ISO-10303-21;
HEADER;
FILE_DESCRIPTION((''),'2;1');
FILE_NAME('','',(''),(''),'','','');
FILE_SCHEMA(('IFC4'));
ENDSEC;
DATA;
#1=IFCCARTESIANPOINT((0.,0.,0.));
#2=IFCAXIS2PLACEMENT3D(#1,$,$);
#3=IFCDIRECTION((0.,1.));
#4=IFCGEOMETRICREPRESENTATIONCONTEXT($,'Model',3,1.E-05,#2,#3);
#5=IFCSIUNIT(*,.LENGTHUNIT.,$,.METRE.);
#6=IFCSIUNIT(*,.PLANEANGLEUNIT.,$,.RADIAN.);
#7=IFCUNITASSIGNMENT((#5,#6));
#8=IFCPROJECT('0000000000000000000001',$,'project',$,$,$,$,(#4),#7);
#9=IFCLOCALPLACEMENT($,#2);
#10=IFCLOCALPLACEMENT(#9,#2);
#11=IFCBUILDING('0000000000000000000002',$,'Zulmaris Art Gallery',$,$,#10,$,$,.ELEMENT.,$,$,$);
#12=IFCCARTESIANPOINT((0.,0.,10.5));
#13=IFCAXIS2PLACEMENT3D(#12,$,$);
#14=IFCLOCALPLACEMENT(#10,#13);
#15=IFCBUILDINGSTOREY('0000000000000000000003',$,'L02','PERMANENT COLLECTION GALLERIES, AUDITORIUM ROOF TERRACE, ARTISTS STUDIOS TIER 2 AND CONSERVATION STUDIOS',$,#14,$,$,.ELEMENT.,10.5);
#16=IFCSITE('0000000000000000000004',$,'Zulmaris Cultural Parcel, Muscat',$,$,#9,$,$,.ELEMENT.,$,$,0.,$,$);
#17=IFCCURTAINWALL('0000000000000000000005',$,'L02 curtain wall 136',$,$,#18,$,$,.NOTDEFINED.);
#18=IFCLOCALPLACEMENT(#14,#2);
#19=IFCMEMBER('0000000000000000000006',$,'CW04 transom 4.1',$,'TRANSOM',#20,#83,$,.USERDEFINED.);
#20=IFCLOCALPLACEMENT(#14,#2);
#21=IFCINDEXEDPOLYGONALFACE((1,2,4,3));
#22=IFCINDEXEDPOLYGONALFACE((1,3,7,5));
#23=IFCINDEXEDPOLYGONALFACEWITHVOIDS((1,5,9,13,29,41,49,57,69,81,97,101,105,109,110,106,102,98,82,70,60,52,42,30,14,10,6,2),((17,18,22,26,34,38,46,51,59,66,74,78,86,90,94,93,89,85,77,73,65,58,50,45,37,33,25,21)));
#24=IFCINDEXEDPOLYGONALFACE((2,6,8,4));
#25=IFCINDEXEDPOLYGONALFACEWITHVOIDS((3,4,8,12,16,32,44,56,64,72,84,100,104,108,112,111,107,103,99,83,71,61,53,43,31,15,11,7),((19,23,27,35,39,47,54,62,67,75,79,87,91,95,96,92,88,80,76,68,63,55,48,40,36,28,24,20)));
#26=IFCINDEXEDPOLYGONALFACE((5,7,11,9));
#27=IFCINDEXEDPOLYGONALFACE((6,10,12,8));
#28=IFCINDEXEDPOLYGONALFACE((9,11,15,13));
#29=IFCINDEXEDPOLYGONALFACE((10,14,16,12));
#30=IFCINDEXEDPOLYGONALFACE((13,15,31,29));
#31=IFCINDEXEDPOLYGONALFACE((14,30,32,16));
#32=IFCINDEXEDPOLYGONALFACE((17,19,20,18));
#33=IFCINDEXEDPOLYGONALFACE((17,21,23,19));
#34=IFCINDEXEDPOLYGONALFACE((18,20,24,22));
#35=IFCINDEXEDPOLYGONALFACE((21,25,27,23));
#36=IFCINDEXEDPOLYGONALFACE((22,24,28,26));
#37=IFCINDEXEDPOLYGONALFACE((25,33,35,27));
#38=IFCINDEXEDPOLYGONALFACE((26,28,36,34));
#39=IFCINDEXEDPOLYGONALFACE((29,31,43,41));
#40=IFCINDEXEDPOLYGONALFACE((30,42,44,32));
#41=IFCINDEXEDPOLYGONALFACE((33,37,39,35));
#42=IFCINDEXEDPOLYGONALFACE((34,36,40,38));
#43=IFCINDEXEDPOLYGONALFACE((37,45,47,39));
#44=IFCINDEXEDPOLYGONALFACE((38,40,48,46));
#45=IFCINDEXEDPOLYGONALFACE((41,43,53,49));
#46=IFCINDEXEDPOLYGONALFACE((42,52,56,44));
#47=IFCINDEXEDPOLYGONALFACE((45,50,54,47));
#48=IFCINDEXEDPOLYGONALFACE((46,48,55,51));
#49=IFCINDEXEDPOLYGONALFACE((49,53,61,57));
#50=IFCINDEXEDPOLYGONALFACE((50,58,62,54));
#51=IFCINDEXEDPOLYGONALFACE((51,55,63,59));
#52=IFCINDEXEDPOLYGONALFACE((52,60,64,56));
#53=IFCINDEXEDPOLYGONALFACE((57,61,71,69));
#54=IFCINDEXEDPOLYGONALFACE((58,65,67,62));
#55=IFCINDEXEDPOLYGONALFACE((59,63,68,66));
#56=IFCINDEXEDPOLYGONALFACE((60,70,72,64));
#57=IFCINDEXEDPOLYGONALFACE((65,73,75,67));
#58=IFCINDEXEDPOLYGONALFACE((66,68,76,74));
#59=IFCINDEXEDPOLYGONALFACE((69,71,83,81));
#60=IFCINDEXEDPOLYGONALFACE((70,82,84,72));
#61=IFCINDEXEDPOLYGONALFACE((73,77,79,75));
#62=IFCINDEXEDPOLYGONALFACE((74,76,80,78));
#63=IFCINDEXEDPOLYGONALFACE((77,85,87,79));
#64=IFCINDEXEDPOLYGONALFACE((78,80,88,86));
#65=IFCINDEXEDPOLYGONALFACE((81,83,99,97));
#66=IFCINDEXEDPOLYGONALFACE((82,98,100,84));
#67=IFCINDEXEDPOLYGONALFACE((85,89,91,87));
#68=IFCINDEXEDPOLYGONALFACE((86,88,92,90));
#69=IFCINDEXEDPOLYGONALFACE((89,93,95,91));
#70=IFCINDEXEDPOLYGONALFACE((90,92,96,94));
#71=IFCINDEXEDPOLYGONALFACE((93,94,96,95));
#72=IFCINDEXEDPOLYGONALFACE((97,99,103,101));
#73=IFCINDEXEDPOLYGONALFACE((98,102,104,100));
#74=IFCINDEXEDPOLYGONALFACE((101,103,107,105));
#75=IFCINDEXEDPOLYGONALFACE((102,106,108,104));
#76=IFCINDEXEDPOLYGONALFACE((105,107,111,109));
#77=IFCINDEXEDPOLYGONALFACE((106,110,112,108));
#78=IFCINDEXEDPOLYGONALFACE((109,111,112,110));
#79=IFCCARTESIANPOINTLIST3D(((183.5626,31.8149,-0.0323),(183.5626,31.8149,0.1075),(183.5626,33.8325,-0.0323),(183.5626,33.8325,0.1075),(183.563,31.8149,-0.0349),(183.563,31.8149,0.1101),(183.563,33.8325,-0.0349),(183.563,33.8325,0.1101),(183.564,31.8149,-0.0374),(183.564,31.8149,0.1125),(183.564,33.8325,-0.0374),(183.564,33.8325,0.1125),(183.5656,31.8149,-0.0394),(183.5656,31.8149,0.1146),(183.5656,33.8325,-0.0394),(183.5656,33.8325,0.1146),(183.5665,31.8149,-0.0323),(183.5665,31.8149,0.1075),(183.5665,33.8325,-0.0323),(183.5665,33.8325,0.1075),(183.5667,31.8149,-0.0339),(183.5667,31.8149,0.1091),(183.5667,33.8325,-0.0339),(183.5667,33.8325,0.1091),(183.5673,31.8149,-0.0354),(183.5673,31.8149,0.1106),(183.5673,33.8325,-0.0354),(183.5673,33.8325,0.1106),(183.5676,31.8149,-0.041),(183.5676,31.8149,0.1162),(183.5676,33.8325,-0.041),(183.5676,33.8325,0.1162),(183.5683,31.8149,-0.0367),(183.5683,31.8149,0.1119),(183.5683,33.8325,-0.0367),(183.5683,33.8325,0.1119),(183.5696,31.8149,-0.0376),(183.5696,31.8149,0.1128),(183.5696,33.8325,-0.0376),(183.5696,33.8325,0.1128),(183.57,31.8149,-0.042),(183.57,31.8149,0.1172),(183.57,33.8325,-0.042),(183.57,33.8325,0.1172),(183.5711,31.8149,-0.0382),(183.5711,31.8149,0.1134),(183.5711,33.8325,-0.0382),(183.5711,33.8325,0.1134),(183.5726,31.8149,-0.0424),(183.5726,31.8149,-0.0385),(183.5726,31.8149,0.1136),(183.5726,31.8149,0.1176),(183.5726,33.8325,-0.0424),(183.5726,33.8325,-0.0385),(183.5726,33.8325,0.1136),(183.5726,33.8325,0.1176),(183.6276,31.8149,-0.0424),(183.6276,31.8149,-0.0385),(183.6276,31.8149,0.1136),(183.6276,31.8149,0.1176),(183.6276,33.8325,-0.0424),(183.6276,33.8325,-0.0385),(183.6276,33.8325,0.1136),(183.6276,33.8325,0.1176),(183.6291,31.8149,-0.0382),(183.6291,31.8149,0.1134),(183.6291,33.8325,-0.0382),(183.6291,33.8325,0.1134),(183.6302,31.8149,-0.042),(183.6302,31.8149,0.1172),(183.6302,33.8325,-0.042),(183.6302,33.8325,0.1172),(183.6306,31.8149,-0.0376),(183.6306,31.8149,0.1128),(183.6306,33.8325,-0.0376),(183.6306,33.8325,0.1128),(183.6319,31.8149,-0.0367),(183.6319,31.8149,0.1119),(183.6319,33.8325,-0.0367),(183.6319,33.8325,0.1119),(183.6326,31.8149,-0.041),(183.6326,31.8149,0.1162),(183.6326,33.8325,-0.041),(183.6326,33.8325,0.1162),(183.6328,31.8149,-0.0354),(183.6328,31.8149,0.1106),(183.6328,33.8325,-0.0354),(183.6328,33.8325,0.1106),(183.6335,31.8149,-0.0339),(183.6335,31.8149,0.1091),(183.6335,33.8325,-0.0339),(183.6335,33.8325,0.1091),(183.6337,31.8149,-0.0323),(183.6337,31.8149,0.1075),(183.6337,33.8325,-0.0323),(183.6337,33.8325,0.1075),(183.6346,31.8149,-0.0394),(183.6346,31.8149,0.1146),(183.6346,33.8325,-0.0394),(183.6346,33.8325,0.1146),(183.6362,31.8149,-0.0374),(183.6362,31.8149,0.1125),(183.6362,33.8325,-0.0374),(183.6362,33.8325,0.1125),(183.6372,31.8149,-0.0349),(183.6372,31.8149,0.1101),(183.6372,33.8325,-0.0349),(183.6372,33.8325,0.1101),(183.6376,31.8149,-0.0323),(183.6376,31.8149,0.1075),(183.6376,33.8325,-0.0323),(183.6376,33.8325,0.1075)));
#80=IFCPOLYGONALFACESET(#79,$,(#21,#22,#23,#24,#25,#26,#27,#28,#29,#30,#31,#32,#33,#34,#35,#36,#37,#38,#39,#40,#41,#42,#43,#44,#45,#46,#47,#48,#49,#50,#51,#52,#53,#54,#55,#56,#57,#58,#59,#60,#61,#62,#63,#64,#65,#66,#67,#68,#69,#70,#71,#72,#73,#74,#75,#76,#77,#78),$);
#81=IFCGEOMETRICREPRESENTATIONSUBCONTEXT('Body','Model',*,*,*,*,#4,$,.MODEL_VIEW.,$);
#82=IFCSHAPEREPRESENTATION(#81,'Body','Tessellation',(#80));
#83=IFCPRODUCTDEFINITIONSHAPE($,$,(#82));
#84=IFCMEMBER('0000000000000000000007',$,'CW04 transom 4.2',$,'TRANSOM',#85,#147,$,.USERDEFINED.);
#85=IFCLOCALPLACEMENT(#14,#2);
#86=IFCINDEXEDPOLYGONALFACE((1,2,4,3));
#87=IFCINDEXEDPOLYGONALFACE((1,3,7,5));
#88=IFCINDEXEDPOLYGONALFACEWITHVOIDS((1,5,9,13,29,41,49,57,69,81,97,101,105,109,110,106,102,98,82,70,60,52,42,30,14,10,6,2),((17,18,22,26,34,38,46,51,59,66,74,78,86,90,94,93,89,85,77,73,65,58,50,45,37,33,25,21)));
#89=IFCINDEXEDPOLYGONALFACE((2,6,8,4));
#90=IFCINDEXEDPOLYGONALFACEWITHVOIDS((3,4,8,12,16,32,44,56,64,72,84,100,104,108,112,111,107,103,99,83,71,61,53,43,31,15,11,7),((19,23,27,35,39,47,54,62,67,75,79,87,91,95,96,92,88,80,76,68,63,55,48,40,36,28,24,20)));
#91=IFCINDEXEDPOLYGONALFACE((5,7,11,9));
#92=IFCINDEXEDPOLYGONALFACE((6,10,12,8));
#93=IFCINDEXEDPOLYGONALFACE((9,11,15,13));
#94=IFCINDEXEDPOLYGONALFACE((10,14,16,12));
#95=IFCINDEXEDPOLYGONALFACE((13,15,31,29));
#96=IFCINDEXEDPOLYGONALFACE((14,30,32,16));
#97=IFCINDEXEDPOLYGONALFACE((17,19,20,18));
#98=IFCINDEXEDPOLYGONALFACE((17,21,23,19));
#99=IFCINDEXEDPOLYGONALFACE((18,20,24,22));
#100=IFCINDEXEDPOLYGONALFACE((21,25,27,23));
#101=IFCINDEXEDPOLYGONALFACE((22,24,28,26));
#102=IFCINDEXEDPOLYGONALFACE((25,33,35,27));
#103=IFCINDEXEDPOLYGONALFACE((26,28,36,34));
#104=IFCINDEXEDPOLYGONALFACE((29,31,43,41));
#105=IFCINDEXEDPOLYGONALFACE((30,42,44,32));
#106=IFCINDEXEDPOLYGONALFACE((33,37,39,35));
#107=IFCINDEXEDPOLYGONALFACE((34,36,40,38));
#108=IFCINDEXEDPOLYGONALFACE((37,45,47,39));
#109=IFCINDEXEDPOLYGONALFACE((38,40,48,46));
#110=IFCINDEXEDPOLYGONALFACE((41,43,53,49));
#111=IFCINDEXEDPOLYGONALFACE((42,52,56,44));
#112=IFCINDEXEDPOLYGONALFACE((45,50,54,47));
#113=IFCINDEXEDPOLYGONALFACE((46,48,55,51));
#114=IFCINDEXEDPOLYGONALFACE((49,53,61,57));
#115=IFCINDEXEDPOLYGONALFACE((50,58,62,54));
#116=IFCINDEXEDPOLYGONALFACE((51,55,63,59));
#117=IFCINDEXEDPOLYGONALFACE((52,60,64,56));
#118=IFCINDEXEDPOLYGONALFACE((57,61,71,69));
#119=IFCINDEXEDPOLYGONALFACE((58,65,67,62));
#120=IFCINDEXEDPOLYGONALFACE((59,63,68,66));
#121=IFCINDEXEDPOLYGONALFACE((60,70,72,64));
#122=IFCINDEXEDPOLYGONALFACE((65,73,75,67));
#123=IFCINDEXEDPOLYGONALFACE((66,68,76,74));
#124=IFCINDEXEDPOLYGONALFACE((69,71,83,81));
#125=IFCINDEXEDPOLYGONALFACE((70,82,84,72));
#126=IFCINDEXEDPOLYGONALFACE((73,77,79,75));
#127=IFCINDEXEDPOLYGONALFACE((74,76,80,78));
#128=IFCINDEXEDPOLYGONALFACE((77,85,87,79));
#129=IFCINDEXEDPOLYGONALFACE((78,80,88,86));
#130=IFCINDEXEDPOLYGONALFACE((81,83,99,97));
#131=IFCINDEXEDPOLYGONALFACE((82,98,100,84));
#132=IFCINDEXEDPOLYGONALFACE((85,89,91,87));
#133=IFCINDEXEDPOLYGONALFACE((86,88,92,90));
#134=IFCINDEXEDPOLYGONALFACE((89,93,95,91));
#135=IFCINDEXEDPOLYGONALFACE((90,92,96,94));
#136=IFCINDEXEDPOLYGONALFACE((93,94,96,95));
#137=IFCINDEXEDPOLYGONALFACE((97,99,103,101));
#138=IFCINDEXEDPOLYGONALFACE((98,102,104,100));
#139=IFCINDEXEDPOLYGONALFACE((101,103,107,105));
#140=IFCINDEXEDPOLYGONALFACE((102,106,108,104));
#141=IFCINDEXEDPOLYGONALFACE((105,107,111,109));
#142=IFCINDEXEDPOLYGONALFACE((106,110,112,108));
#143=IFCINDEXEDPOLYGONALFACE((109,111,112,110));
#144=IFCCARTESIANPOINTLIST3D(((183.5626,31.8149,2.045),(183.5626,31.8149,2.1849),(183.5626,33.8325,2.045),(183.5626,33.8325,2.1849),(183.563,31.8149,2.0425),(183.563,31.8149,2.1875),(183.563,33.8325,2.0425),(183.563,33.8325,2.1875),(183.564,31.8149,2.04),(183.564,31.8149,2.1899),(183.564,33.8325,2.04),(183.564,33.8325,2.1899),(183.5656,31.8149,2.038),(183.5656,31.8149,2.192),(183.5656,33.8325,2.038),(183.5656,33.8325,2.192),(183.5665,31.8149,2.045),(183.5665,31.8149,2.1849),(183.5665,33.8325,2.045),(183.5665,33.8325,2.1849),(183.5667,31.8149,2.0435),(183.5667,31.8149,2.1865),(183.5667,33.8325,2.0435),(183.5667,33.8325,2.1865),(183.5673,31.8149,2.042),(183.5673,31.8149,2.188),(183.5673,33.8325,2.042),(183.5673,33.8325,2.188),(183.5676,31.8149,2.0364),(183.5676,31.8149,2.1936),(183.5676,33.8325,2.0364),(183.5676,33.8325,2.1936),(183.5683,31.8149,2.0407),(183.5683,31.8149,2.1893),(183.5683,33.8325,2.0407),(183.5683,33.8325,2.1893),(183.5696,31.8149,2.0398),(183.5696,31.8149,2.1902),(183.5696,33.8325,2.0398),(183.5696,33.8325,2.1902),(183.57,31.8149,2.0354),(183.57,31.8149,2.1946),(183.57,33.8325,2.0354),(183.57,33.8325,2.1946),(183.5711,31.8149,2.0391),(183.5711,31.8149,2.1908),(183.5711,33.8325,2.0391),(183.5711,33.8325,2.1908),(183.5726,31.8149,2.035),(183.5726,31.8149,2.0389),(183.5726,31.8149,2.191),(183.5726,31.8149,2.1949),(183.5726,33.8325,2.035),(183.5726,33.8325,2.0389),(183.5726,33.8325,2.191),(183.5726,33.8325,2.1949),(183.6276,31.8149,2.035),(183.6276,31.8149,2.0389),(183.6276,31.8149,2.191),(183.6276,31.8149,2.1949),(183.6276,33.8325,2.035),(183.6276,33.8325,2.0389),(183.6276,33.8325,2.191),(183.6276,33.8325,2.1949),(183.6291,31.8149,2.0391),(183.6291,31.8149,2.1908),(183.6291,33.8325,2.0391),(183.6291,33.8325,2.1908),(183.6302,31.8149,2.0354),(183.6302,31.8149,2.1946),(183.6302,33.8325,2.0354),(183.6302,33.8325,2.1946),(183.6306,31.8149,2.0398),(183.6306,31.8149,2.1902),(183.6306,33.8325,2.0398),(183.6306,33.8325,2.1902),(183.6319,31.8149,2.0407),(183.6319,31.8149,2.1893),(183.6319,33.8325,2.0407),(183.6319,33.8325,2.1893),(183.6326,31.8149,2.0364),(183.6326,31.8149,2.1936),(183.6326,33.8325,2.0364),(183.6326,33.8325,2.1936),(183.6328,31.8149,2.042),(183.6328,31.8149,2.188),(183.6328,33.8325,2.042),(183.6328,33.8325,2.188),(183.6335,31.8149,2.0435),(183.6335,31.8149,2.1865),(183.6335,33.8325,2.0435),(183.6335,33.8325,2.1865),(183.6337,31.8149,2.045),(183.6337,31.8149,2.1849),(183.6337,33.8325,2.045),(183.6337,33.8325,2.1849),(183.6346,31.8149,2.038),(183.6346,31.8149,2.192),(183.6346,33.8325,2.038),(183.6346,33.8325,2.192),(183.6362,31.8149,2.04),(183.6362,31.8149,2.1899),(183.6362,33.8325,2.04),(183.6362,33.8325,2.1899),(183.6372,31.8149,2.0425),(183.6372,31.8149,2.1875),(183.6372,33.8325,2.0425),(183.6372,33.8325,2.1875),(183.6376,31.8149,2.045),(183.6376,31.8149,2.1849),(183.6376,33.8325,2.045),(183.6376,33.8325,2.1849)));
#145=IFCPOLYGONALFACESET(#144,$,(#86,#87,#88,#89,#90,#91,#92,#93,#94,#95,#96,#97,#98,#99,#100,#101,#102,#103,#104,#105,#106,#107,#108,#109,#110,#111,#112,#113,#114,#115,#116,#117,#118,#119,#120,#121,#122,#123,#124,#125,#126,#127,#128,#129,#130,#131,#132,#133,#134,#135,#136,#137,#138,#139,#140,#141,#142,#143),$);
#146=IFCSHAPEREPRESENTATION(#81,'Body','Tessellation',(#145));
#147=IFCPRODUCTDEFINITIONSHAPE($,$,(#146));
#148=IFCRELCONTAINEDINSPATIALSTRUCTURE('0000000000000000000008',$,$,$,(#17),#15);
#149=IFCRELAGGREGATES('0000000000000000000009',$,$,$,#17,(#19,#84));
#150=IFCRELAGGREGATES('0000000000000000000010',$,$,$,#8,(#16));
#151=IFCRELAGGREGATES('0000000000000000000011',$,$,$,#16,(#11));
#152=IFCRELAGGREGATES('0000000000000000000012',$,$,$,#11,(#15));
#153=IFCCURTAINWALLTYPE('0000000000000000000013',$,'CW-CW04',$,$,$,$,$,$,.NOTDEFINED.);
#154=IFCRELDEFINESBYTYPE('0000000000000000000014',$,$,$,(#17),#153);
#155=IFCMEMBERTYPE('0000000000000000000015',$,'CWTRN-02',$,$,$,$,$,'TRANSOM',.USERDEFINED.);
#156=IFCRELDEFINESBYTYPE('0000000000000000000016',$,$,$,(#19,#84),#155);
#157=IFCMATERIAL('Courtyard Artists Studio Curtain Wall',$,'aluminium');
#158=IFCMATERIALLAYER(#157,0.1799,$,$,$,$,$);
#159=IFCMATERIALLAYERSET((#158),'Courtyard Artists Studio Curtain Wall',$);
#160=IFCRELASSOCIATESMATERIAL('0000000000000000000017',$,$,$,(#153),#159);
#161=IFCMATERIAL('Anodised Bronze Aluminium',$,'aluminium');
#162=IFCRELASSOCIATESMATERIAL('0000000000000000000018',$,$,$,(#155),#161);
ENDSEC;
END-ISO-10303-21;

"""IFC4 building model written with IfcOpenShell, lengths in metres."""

from ifc_helpers import new_model, si_unit, direction, frame, origin, origin_2d, place, context, subcontext, project, spatial, hollow_rectangle, extrude, material, layer, layer_set, material_profile, profile_set, type_object, element, aggregate, save


model = new_model("IFC4")

# Units and contexts
model_context = context("Model", 3, precision=1e-05, world=origin(), true_north=direction((0.0, 1.0)))
body_context = subcontext(model_context, "Body", "Model", "MODEL_VIEW")
ifc_project = project(units=[si_unit("LENGTHUNIT", "METRE"), si_unit("PLANEANGLEUNIT", "RADIAN")], contexts=[model_context])

# Site, building, storey
site_placement = place(None, origin())
site = spatial("IfcSite", under=ifc_project, at=site_placement, Name="Zulmaris Cultural Parcel, Muscat", CompositionType="ELEMENT", RefElevation=0.0)
building_placement = place(site_placement, origin())
building = spatial("IfcBuilding", under=site, at=building_placement, Name="Zulmaris Art Gallery", CompositionType="ELEMENT")
storey_placement = place(building_placement, frame((0.0, 0.0, 10.5)))
storey = spatial("IfcBuildingStorey", under=building, at=storey_placement, Name="L02", Description="PERMANENT COLLECTION GALLERIES, AUDITORIUM ROOF TERRACE, ARTISTS STUDIOS TIER 2 AND CONSERVATION STUDIOS", CompositionType="ELEMENT", Elevation=10.5)

# Curtain wall
ifc_material_1 = material(Name="Courtyard Artists Studio Curtain Wall", Category="aluminium")
ifc_layer_1 = layer(ifc_material_1, 0.1799)
ifc_layer_set_1 = layer_set([ifc_layer_1], Name="Courtyard Artists Studio Curtain Wall")
curtain_wall_type = type_object("IfcCurtainWallType", Name="CW-CW04", PredefinedType="NOTDEFINED", material=ifc_layer_set_1)
curtain_wall_1_placement = place(storey_placement, origin())
curtain_wall_1 = element("IfcCurtainWall", 1, at=curtain_wall_1_placement, inside=storey, type_object=curtain_wall_type, Name="L02 curtain wall 136", PredefinedType="NOTDEFINED")
ifc_material_2 = material(Name="Anodised Bronze Aluminium", Category="aluminium")

# Members
ifc_material_profile_1 = material_profile(ifc_material_2, hollow_rectangle(XDim=0.075, YDim=0.1599, WallThickness=0.0039, InnerFilletRadius=0.0061, OuterFilletRadius=0.01, at=origin_2d()), Name="ALU 75x160x4")
ifc_profile_set_1 = profile_set([ifc_material_profile_1], Name="Anodised Bronze Aluminium")
member_type_1 = type_object("IfcMemberType", Name="CWTRN-02", ElementType="TRANSOM", PredefinedType="USERDEFINED", material=ifc_profile_set_1)
member_1_placement = place(storey_placement, frame((183.6001, 33.8325, 0.0376), z_axis=(0.0, -1.0, 0.0), x_axis=(1.0, 0.0, 0.0)))
member_1 = element("IfcMember", 2, at=member_1_placement, type_object=member_type_1, Name="CW04 transom 4.1", ObjectType="TRANSOM", PredefinedType="USERDEFINED", context=body_context, shape_type="SweptSolid", body=[
    extrude(hollow_rectangle(XDim=0.075, YDim=0.1599, WallThickness=0.0039, InnerFilletRadius=0.0061, OuterFilletRadius=0.01, at=origin_2d()), origin(), (0.0, 0.0, 1.0), 2.0176),
])
member_2_placement = place(storey_placement, frame((183.6001, 33.8325, 2.115), z_axis=(0.0, -1.0, 0.0), x_axis=(1.0, 0.0, 0.0)))
member_2 = element("IfcMember", 3, at=member_2_placement, type_object=member_type_1, Name="CW04 transom 4.2", ObjectType="TRANSOM", PredefinedType="USERDEFINED", context=body_context, shape_type="SweptSolid", body=[
    extrude(hollow_rectangle(XDim=0.075, YDim=0.1599, WallThickness=0.0039, InnerFilletRadius=0.0061, OuterFilletRadius=0.01, at=origin_2d()), origin(), (0.0, 0.0, 1.0), 2.0176),
])

aggregate(curtain_wall_1, [member_1, member_2])

save(model, "model.ifc")
